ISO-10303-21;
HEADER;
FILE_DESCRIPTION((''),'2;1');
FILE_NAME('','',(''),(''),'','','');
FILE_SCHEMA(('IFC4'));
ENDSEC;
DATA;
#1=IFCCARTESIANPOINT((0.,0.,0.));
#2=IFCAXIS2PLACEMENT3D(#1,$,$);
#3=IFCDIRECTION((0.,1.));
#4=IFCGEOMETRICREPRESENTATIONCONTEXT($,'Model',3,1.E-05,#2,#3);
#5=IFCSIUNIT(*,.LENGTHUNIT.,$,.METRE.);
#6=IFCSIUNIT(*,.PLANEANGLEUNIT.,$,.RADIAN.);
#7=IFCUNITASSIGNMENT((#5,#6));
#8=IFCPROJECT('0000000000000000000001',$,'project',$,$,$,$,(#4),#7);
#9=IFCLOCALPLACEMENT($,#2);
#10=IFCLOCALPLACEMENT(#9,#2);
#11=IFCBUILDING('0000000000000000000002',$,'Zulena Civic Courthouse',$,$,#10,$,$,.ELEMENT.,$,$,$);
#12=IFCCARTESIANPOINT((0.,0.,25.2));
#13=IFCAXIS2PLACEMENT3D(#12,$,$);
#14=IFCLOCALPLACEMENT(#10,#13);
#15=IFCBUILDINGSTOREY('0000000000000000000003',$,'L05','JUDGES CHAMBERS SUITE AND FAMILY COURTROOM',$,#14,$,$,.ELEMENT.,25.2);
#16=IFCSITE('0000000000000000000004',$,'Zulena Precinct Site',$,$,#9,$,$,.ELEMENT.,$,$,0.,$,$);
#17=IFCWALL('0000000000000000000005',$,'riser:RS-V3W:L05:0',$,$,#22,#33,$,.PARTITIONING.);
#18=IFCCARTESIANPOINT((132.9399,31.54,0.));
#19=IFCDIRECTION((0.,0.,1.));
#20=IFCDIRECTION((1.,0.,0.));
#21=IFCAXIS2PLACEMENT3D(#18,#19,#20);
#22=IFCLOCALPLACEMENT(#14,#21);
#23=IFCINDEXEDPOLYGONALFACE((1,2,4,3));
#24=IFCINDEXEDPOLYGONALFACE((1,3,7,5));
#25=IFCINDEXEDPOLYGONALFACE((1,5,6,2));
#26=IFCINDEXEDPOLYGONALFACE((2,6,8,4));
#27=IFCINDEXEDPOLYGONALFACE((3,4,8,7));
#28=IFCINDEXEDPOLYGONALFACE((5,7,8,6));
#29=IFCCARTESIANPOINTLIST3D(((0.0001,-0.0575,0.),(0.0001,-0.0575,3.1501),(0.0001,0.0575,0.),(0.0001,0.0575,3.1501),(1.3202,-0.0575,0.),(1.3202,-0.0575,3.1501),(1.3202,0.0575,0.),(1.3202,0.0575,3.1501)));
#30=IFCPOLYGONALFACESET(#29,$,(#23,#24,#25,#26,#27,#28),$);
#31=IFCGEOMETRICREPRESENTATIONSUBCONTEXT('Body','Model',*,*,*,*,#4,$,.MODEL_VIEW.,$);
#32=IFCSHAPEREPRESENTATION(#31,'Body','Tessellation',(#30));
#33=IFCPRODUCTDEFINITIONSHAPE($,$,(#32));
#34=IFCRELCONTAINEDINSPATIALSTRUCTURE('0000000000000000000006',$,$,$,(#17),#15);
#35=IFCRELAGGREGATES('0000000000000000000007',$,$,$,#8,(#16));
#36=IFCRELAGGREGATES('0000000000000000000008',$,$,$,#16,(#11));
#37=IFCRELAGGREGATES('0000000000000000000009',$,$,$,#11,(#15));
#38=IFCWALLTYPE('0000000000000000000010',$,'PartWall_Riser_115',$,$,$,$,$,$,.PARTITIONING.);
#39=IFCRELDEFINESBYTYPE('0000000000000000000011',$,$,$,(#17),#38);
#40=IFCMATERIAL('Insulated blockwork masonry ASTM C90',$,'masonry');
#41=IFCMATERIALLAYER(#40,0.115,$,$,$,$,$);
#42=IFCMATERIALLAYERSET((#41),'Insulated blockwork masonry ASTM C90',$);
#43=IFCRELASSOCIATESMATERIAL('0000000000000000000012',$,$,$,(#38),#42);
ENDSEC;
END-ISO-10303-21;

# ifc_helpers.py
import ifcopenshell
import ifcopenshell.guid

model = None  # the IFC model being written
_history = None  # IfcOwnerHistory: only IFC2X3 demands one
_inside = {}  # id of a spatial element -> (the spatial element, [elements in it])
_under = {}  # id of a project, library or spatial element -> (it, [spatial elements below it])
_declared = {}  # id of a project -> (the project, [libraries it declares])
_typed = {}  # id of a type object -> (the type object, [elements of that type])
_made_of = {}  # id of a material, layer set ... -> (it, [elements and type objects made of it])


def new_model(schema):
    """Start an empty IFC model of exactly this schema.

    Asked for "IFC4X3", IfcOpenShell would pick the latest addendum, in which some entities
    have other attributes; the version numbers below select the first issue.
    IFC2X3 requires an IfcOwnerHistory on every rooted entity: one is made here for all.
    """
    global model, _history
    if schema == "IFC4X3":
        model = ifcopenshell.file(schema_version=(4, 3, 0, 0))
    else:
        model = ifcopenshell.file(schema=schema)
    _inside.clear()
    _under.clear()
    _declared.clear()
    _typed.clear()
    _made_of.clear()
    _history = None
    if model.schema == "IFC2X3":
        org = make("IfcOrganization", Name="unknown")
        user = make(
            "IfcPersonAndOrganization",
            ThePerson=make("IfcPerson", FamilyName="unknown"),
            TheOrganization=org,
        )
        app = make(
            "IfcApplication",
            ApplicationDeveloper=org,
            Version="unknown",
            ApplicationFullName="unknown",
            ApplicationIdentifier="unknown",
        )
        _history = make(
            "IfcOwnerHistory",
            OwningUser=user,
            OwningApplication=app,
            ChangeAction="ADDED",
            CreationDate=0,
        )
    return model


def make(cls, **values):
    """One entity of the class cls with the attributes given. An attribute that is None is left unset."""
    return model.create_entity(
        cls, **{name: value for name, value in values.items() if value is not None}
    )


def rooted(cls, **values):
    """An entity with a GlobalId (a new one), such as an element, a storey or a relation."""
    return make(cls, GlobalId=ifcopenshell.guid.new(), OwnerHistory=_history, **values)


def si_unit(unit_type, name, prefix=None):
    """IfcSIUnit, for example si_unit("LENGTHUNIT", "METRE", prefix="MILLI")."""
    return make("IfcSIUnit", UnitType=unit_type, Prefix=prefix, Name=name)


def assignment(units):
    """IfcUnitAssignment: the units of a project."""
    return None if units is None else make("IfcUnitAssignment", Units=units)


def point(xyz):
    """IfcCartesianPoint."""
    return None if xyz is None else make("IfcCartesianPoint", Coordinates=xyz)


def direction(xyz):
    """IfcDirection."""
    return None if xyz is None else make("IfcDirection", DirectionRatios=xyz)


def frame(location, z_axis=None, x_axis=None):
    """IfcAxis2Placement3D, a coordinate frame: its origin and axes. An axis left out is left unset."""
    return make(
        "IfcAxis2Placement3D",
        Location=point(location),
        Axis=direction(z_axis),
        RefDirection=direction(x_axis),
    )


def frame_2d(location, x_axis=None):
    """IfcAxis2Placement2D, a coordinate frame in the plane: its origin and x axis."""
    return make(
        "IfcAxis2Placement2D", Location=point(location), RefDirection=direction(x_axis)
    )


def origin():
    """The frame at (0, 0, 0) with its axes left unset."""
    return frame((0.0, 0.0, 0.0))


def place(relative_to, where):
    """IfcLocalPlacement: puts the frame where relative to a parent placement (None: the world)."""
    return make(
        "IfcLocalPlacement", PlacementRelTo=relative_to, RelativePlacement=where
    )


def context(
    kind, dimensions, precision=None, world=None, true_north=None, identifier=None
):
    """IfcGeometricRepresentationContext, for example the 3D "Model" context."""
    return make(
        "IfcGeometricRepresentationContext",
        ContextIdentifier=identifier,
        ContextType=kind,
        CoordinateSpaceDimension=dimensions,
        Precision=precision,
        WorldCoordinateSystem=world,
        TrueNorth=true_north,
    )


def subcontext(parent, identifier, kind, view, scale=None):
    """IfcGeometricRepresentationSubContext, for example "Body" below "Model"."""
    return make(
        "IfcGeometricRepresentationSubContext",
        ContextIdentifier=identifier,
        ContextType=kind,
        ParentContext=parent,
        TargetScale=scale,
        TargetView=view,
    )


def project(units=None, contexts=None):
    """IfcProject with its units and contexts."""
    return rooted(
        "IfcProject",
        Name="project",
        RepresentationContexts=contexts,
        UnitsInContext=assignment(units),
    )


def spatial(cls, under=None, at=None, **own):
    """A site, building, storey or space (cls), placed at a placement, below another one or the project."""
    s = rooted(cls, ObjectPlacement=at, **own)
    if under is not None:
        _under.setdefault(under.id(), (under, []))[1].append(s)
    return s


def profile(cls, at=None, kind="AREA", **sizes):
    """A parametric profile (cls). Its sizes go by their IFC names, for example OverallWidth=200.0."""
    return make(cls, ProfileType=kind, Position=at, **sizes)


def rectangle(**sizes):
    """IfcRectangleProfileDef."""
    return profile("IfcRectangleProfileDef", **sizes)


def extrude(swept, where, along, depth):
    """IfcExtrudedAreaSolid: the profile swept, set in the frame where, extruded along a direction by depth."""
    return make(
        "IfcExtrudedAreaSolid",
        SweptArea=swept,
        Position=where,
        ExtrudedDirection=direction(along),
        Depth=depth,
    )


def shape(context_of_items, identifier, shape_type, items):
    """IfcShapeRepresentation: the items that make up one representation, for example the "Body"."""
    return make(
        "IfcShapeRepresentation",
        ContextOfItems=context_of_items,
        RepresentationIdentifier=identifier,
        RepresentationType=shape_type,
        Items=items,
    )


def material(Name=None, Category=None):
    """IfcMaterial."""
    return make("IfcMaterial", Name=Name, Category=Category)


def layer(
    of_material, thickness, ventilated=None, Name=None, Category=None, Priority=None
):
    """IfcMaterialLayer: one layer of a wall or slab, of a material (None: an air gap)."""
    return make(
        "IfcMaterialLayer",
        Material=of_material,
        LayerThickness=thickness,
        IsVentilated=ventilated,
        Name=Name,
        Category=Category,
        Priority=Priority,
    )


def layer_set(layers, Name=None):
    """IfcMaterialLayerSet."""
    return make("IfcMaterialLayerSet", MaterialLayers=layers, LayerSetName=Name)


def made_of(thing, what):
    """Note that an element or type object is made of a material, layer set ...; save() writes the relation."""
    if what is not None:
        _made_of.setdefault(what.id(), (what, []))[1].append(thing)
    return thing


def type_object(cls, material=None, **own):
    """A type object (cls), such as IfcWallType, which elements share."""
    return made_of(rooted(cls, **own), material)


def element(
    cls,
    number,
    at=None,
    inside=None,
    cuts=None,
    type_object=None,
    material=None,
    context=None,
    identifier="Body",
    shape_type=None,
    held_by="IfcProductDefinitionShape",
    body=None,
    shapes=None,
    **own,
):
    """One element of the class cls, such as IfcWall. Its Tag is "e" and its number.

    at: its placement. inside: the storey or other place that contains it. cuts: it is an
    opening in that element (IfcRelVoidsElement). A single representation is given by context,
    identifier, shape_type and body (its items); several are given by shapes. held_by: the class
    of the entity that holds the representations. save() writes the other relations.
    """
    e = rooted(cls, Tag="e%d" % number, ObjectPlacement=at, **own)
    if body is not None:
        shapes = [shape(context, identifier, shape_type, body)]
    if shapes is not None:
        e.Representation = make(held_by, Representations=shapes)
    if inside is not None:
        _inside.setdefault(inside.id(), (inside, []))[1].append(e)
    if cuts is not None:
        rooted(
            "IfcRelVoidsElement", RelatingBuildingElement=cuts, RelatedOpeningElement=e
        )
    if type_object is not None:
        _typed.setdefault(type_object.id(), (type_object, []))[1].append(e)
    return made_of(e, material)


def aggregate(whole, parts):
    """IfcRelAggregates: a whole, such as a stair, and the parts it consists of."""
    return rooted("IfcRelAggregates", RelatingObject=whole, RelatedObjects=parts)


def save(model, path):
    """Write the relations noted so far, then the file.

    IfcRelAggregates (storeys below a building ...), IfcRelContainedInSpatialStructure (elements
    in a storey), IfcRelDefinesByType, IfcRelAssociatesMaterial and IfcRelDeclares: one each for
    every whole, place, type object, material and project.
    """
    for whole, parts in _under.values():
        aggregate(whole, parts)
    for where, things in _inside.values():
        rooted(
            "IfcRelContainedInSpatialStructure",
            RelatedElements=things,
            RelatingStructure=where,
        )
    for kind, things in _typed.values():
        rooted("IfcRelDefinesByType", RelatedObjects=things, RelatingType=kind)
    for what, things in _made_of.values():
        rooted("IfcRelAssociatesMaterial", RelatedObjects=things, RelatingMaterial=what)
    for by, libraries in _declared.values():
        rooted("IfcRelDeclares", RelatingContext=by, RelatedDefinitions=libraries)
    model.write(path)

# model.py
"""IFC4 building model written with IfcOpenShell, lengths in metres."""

from ifc_helpers import new_model, si_unit, direction, frame, frame_2d, origin, place, context, subcontext, project, spatial, rectangle, extrude, material, layer, layer_set, type_object, element, save


model = new_model("IFC4")

# Units and contexts
model_context = context("Model", 3, precision=1e-05, world=origin(), true_north=direction((0.0, 1.0)))
body_context = subcontext(model_context, "Body", "Model", "MODEL_VIEW")
ifc_project = project(units=[si_unit("LENGTHUNIT", "METRE"), si_unit("PLANEANGLEUNIT", "RADIAN")], contexts=[model_context])

# Site, building, storey
site_placement = place(None, origin())
site = spatial("IfcSite", under=ifc_project, at=site_placement, Name="Zulena Precinct Site", CompositionType="ELEMENT", RefElevation=0.0)
building_placement = place(site_placement, origin())
building = spatial("IfcBuilding", under=site, at=building_placement, Name="Zulena Civic Courthouse", CompositionType="ELEMENT")
storey_placement = place(building_placement, frame((0.0, 0.0, 25.2)))
storey = spatial("IfcBuildingStorey", under=building, at=storey_placement, Name="L05", Description="JUDGES CHAMBERS SUITE AND FAMILY COURTROOM", CompositionType="ELEMENT", Elevation=25.2)

# Wall
ifc_material_1 = material(Name="Insulated blockwork masonry ASTM C90", Category="masonry")
ifc_layer_1 = layer(ifc_material_1, 0.115)
ifc_layer_set_1 = layer_set([ifc_layer_1], Name="Insulated blockwork masonry ASTM C90")
wall_type_1 = type_object("IfcWallType", Name="PartWall_Riser_115", PredefinedType="PARTITIONING", material=ifc_layer_set_1)
for number, where, z_axis, x_axis, name in (
    (1, (132.9399, 31.54, 0.0), (0.0, 0.0, 1.0), (1.0, 0.0, 0.0), "riser:RS-V3W:L05:0"),
):
    element("IfcWall", number, at=place(storey_placement, frame(where, z_axis=z_axis, x_axis=x_axis)), inside=storey, type_object=wall_type_1, Name=name, PredefinedType="PARTITIONING", context=body_context, shape_type="SweptSolid", body=[
        extrude(rectangle(XDim=1.3201, YDim=0.115, at=frame_2d((0.6602, 0.0))), origin(), (0.0, 0.0, 1.0), 3.1501),
    ])

save(model, "model.ifc")
